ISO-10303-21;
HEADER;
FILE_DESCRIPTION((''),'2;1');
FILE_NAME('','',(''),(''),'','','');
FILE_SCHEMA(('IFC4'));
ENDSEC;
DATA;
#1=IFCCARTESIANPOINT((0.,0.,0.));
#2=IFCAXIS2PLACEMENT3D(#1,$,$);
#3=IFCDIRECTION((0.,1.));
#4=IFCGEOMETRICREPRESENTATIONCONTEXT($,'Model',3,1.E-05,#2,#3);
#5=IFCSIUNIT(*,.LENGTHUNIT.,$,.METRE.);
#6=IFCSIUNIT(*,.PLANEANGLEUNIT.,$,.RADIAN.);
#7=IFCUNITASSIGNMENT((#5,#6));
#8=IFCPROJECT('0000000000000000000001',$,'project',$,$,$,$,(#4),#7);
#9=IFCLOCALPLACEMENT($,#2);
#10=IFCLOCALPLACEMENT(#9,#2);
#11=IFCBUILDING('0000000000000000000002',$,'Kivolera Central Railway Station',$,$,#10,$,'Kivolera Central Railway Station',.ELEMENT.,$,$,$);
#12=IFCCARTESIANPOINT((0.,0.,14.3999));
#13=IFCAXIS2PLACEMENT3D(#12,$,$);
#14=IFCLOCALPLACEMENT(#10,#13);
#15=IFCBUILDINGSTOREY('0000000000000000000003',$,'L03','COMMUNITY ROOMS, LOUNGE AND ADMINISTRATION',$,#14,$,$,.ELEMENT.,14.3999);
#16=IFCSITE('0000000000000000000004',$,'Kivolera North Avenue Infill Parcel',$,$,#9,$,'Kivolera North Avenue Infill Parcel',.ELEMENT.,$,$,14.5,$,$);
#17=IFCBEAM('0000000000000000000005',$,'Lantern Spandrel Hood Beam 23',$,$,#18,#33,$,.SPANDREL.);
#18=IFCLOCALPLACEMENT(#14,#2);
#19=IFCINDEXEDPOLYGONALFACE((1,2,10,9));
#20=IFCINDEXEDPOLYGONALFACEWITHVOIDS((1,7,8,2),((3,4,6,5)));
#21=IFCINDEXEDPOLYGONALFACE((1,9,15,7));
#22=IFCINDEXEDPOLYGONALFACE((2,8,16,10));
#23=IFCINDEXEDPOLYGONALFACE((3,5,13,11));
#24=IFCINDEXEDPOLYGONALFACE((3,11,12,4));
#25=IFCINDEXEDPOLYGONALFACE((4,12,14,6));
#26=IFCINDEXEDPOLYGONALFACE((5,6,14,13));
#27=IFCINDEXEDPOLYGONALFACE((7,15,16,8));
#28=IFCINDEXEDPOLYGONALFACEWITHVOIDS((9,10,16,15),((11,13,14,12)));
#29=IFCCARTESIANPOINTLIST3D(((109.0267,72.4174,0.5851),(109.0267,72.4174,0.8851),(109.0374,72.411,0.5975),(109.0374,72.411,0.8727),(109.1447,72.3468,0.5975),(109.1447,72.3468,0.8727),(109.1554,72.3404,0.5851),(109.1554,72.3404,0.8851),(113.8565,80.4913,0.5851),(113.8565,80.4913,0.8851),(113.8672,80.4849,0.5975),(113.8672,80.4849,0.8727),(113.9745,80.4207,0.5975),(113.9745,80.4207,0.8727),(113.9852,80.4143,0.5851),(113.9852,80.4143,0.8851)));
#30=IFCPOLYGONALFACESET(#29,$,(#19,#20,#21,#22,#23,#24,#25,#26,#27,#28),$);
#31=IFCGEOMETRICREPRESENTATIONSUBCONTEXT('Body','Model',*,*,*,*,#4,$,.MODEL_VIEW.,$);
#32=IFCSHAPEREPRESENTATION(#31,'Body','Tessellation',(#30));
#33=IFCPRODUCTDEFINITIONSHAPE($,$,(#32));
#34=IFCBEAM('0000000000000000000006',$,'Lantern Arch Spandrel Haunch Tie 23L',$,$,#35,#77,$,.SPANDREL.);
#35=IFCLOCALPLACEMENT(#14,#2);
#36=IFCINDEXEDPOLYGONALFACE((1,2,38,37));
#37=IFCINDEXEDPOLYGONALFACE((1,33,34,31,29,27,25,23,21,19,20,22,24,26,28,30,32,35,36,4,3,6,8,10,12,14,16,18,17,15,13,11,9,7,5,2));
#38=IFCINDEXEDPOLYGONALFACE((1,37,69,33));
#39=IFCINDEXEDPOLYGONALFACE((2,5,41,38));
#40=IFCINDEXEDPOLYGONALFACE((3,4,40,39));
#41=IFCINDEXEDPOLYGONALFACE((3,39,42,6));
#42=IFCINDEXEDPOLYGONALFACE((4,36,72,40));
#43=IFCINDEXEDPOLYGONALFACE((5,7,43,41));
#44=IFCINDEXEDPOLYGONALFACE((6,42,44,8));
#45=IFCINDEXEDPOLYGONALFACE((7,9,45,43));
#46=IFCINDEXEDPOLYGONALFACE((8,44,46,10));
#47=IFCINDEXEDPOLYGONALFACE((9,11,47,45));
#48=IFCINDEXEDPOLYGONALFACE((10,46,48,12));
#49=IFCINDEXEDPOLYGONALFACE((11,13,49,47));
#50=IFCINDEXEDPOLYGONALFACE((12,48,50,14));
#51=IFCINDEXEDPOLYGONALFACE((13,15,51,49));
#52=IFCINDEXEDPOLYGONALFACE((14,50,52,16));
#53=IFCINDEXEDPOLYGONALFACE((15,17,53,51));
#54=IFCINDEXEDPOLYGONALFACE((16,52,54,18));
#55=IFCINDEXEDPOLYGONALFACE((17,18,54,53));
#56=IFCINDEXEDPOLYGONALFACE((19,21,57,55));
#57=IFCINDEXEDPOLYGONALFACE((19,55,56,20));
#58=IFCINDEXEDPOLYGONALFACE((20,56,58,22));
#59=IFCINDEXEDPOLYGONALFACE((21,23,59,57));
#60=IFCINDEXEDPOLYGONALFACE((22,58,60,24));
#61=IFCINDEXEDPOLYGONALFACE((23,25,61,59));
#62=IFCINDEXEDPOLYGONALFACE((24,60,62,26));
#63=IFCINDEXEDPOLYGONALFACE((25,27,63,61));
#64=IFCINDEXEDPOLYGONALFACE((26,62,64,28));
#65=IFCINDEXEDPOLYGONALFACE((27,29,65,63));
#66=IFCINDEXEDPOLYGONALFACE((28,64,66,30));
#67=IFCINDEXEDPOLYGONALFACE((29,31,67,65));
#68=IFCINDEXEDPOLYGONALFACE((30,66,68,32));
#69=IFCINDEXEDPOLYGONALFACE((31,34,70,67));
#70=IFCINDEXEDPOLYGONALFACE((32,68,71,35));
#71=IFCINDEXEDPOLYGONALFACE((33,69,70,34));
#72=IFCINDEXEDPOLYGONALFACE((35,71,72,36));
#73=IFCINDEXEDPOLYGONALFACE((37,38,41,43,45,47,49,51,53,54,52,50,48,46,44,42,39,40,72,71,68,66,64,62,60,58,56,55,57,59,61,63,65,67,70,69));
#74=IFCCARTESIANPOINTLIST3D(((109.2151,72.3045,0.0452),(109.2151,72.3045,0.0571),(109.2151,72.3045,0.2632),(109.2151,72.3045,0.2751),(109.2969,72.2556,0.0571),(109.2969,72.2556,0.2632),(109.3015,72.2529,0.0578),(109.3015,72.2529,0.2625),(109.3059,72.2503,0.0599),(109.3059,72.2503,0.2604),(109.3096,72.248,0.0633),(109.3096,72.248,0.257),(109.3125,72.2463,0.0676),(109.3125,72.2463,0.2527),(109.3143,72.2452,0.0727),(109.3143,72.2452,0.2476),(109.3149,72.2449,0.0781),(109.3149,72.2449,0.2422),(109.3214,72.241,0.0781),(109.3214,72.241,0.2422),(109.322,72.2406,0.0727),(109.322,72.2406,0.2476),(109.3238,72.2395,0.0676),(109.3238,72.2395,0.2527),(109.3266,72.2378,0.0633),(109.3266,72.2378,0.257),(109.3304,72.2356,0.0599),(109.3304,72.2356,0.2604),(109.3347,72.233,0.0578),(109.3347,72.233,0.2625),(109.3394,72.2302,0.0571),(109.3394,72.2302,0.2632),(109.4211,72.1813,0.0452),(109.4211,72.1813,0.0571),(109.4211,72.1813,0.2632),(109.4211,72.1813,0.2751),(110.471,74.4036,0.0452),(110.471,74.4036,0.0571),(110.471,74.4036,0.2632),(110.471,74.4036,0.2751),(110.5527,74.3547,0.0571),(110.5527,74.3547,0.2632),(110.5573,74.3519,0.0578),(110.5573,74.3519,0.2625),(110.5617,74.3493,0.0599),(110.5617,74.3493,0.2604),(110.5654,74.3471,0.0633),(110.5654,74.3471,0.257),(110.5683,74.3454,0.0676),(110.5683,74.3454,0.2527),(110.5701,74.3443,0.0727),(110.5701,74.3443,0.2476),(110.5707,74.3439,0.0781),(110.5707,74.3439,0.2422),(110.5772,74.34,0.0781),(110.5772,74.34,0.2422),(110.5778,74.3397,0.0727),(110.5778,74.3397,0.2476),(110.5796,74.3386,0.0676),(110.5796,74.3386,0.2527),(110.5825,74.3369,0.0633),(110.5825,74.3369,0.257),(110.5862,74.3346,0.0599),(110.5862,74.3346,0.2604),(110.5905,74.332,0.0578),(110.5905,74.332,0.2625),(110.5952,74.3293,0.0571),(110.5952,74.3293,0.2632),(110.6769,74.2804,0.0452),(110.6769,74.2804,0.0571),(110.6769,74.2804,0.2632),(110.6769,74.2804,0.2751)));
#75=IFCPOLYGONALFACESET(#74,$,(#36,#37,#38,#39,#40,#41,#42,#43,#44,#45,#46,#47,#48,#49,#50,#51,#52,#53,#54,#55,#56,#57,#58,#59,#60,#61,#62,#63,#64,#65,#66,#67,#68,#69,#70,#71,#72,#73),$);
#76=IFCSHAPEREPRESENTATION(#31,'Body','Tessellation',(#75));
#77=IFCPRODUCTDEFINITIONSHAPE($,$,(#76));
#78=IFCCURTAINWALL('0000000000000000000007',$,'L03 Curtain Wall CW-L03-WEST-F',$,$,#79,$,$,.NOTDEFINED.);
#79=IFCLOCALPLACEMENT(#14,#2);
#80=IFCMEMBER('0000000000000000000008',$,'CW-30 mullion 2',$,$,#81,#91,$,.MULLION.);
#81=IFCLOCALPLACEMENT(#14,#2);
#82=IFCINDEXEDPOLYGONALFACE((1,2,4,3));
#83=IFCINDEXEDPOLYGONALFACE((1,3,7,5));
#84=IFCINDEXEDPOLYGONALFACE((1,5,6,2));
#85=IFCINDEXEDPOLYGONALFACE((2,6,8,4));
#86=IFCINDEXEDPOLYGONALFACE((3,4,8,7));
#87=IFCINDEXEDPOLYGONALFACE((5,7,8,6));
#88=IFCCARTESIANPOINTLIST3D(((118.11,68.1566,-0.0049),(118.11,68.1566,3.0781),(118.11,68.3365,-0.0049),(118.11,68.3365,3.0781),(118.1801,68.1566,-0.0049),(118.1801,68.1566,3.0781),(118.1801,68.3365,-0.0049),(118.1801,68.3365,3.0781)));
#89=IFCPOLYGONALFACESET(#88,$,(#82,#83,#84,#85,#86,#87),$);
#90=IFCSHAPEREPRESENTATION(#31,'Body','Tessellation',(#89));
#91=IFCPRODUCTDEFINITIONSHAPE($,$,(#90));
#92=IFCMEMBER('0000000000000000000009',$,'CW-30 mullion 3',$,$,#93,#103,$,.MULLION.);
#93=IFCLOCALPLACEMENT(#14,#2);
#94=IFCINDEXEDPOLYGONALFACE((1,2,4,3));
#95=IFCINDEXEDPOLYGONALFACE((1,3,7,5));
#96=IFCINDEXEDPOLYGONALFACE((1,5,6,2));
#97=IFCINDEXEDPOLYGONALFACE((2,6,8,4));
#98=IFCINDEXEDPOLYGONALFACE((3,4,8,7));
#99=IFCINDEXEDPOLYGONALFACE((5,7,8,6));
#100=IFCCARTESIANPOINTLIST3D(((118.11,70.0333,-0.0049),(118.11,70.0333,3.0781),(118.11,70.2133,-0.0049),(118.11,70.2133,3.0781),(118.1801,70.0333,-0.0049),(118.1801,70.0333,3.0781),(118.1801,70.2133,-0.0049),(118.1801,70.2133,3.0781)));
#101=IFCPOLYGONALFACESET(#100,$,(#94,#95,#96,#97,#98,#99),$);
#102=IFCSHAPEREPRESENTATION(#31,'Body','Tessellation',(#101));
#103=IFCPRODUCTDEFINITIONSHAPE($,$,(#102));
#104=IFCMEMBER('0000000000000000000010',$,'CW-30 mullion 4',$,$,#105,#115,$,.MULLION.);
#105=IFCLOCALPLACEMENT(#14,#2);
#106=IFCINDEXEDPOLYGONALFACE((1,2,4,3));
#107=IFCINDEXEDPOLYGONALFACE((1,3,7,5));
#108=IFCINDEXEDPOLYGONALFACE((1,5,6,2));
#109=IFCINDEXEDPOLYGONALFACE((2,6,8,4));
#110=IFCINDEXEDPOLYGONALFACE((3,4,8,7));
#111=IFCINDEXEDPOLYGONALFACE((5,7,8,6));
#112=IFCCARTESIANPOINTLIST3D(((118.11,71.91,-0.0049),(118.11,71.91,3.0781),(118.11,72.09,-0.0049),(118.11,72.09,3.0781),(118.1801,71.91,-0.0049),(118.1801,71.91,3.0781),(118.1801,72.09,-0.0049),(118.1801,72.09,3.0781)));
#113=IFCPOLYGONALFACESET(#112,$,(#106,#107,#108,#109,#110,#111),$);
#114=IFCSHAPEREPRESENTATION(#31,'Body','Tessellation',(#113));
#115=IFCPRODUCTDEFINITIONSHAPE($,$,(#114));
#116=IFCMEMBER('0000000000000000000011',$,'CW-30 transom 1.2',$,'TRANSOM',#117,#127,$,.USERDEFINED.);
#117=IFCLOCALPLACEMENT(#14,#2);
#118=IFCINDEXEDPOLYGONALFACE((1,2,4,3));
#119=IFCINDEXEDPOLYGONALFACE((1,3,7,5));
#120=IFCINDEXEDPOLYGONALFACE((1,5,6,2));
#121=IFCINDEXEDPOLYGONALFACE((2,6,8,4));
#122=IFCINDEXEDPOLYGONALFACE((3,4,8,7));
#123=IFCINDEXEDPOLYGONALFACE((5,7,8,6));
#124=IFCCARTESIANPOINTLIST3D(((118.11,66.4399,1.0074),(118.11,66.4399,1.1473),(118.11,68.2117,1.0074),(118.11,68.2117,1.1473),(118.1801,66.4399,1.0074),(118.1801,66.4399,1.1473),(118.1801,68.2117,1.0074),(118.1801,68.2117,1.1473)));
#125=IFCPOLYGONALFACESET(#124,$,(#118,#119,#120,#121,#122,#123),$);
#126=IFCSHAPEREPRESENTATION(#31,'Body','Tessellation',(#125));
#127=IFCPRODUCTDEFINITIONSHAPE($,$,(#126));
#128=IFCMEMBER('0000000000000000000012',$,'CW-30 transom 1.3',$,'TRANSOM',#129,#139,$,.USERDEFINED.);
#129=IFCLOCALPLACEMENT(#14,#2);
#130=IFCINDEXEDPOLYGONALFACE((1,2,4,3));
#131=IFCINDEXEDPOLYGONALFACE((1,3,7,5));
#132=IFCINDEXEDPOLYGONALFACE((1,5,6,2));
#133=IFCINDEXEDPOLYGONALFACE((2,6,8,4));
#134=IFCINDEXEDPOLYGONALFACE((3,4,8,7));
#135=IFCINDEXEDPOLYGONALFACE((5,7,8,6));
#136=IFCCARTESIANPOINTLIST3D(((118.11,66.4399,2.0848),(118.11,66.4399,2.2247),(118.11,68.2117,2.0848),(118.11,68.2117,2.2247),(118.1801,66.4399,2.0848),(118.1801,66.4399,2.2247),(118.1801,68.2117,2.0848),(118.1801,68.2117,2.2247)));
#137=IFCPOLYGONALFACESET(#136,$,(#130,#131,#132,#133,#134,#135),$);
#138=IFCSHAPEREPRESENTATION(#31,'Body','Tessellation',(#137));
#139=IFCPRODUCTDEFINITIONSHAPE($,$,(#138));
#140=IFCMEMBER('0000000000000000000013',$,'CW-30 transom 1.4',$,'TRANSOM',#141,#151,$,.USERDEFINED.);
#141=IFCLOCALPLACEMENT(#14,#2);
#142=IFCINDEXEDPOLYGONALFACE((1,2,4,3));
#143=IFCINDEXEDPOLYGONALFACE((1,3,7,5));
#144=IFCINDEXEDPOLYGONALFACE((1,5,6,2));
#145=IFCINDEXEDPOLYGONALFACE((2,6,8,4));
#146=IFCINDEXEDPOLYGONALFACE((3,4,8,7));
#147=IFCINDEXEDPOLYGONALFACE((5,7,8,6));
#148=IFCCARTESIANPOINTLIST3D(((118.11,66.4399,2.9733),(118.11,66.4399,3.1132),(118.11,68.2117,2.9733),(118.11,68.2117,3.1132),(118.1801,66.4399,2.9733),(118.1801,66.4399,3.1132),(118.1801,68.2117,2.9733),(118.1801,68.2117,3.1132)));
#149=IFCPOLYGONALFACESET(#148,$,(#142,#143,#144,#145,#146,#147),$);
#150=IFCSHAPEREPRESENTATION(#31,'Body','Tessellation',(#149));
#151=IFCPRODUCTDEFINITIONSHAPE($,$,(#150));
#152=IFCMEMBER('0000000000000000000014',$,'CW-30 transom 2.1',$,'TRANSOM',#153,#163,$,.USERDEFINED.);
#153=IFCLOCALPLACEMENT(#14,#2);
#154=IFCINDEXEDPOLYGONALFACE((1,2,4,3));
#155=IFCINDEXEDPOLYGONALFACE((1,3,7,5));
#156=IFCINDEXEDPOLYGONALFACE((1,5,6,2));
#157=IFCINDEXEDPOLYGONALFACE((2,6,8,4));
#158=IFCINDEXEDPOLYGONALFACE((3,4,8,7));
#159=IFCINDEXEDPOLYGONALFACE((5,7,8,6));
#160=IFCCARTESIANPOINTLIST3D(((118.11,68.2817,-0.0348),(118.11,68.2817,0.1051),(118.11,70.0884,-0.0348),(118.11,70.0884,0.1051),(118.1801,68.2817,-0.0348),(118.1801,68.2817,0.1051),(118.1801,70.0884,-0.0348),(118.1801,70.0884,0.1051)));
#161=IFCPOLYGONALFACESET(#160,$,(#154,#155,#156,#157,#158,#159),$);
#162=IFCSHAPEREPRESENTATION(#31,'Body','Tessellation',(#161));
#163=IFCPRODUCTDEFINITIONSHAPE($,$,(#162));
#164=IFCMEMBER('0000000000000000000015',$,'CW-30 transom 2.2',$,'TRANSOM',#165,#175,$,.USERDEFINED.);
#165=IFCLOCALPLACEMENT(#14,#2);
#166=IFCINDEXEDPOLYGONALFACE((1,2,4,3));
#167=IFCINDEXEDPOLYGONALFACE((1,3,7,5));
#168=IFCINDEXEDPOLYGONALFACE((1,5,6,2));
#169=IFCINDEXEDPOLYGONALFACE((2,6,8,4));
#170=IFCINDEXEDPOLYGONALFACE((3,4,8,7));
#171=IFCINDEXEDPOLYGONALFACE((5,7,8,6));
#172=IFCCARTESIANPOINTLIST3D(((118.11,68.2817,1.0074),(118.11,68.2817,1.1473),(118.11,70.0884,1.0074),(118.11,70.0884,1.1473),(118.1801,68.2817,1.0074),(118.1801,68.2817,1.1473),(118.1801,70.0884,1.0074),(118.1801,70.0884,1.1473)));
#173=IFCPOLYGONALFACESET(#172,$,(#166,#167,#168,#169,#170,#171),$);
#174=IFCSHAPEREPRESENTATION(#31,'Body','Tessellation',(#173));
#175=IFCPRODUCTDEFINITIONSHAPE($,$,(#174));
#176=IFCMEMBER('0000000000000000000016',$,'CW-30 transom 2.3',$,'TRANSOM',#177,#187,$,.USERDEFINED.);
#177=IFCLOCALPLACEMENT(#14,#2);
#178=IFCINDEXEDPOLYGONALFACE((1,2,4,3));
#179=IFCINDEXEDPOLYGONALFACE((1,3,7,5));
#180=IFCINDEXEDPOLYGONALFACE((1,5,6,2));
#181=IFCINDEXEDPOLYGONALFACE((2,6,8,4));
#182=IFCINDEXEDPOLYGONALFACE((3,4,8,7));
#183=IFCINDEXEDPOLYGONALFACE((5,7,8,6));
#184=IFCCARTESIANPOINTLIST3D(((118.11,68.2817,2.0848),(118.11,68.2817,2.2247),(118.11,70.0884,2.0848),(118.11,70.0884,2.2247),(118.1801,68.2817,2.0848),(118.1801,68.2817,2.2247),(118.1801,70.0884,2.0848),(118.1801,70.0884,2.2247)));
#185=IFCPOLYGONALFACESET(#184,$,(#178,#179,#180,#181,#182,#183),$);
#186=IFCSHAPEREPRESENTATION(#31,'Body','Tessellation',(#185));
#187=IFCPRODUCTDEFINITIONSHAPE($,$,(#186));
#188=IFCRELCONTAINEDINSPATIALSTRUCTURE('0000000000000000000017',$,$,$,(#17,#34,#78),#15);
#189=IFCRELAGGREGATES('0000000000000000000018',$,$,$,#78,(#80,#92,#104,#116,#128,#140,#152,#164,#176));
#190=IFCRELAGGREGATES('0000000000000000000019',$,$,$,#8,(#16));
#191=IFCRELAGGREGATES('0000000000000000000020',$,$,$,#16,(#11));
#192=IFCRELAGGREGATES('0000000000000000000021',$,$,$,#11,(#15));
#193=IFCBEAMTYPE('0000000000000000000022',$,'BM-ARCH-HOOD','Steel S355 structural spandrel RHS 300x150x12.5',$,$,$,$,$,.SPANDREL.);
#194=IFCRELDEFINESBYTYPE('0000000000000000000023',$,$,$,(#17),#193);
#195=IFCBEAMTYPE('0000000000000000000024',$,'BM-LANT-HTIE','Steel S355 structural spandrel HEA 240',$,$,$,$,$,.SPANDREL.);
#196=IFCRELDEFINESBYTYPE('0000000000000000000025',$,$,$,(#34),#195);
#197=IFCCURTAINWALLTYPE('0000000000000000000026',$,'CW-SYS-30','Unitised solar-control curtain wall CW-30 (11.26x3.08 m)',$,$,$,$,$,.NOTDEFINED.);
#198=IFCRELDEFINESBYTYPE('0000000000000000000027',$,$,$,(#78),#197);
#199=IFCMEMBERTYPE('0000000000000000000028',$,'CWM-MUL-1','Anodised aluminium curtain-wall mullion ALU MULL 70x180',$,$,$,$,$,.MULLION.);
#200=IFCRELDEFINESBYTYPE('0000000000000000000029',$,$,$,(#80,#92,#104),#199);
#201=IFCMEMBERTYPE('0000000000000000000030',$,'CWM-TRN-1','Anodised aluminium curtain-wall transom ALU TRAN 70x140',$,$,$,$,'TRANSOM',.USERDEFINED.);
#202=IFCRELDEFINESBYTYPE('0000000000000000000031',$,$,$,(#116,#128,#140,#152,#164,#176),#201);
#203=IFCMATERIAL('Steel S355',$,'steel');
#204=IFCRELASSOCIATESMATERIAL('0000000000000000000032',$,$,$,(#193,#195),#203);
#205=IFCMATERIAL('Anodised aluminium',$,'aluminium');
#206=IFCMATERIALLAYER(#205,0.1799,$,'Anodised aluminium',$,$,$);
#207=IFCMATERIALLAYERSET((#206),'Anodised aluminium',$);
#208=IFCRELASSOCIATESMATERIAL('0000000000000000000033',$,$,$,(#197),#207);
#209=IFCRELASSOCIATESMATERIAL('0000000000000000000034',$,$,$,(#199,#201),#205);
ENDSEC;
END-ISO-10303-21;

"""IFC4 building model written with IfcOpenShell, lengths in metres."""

from ifc_helpers import new_model, si_unit, direction, frame, origin, origin_2d, place, context, subcontext, project, spatial, rectangle, hollow_rectangle, i_section, extrude, material, layer, layer_set, material_profile, profile_set, type_object, element, aggregate, save


model = new_model("IFC4")

# Units and contexts
model_context = context("Model", 3, precision=1e-05, world=origin(), true_north=direction((0.0, 1.0)))
body_context = subcontext(model_context, "Body", "Model", "MODEL_VIEW")
ifc_project = project(units=[si_unit("LENGTHUNIT", "METRE"), si_unit("PLANEANGLEUNIT", "RADIAN")], contexts=[model_context])

# Site, building, storey
site_placement = place(None, origin())
site = spatial("IfcSite", under=ifc_project, at=site_placement, Name="Kivolera North Avenue Infill Parcel", LongName="Kivolera North Avenue Infill Parcel", CompositionType="ELEMENT", RefElevation=14.5)
building_placement = place(site_placement, origin())
building = spatial("IfcBuilding", under=site, at=building_placement, Name="Kivolera Central Railway Station", LongName="Kivolera Central Railway Station", CompositionType="ELEMENT")
storey_placement = place(building_placement, frame((0.0, 0.0, 14.3999)))
storey = spatial("IfcBuildingStorey", under=building, at=storey_placement, Name="L03", Description="COMMUNITY ROOMS, LOUNGE AND ADMINISTRATION", CompositionType="ELEMENT", Elevation=14.3999)

# Beams
ifc_material_1 = material(Name="Steel S355", Category="steel")
ifc_material_profile_1 = material_profile(ifc_material_1, hollow_rectangle(XDim=0.1499, YDim=0.3, WallThickness=0.0125, at=origin_2d()), Name="RHS 300x150x12.5")
ifc_profile_set_1 = profile_set([ifc_material_profile_1], Name="Steel S355")
beam_type_1 = type_object("IfcBeamType", Name="BM-ARCH-HOOD", Description="Steel S355 structural spandrel RHS 300x150x12.5", PredefinedType="SPANDREL", material=ifc_profile_set_1)
beam_1_placement = place(storey_placement, frame((109.0911, 72.3789, 0.7351), z_axis=(0.513358, 0.858174, 0.0), x_axis=(-0.858174, 0.513358, 0.0)))
element("IfcBeam", 1, at=beam_1_placement, inside=storey, type_object=beam_type_1, Name="Lantern Spandrel Hood Beam 23", PredefinedType="SPANDREL", context=body_context, shape_type="SweptSolid", body=[
    extrude(hollow_rectangle(XDim=0.1499, YDim=0.3, WallThickness=0.0125, at=origin_2d()), origin(), (0.0, 0.0, 1.0), 9.4082),
])
ifc_material_profile_2 = material_profile(ifc_material_1, i_section(OverallWidth=0.24, OverallDepth=0.23, WebThickness=0.0076, FlangeThickness=0.012, FilletRadius=0.021, at=origin_2d()), Name="HEA 240")
ifc_profile_set_2 = profile_set([ifc_material_profile_2], Name="Steel S355")
beam_type_2 = type_object("IfcBeamType", Name="BM-LANT-HTIE", Description="Steel S355 structural spandrel HEA 240", PredefinedType="SPANDREL", material=ifc_profile_set_2)
beam_2_placement = place(storey_placement, frame((109.3181, 72.2429, 0.1602), z_axis=(0.513409, 0.858144, 0.0), x_axis=(-0.858144, 0.513409, 0.0)))
element("IfcBeam", 2, at=beam_2_placement, inside=storey, type_object=beam_type_2, Name="Lantern Arch Spandrel Haunch Tie 23L", PredefinedType="SPANDREL", context=body_context, shape_type="SweptSolid", body=[
    extrude(i_section(OverallWidth=0.24, OverallDepth=0.23, WebThickness=0.0076, FlangeThickness=0.012, FilletRadius=0.021, at=origin_2d()), origin(), (0.0, 0.0, 1.0), 2.446),
])

# Curtain wall, members
ifc_material_2 = material(Name="Anodised aluminium", Category="aluminium")
ifc_layer_1 = layer(ifc_material_2, 0.1799, Name="Anodised aluminium")
ifc_layer_set_1 = layer_set([ifc_layer_1], Name="Anodised aluminium")
curtain_wall_type = type_object("IfcCurtainWallType", Name="CW-SYS-30", Description="Unitised solar-control curtain wall CW-30 (11.26x3.08 m)", PredefinedType="NOTDEFINED", material=ifc_layer_set_1)
curtain_wall_placement = place(storey_placement, origin())
curtain_wall = element("IfcCurtainWall", 3, at=curtain_wall_placement, inside=storey, type_object=curtain_wall_type, Name="L03 Curtain Wall CW-L03-WEST-F", PredefinedType="NOTDEFINED")
ifc_material_profile_3 = material_profile(ifc_material_2, rectangle(XDim=0.0701, YDim=0.1799, at=origin_2d()), Name="ALU MULL 70x180")
ifc_profile_set_3 = profile_set([ifc_material_profile_3], Name="Anodised aluminium")
member_type_1 = type_object("IfcMemberType", Name="CWM-MUL-1", Description="Anodised aluminium curtain-wall mullion ALU MULL 70x180", PredefinedType="MULLION", material=ifc_profile_set_3)
member_1_placement = place(storey_placement, frame((118.145, 68.2466, -0.0049), z_axis=(0.0, 0.0, 1.0), x_axis=(-1.0, 0.0, 0.0)))
member_1 = element("IfcMember", 4, at=member_1_placement, type_object=member_type_1, Name="CW-30 mullion 2", PredefinedType="MULLION", context=body_context, shape_type="SweptSolid", body=[
    extrude(rectangle(XDim=0.0701, YDim=0.1799, at=origin_2d()), origin(), (0.0, 0.0, 1.0), 3.083),
])
member_2_placement = place(storey_placement, frame((118.145, 70.1233, -0.0049), z_axis=(0.0, 0.0, 1.0), x_axis=(-1.0, 0.0, 0.0)))
member_2 = element("IfcMember", 5, at=member_2_placement, type_object=member_type_1, Name="CW-30 mullion 3", PredefinedType="MULLION", context=body_context, shape_type="SweptSolid", body=[
    extrude(rectangle(XDim=0.0701, YDim=0.1799, at=origin_2d()), origin(), (0.0, 0.0, 1.0), 3.083),
])
member_3_placement = place(storey_placement, frame((118.145, 72.0, -0.0049), z_axis=(0.0, 0.0, 1.0), x_axis=(-1.0, 0.0, 0.0)))
member_3 = element("IfcMember", 6, at=member_3_placement, type_object=member_type_1, Name="CW-30 mullion 4", PredefinedType="MULLION", context=body_context, shape_type="SweptSolid", body=[
    extrude(rectangle(XDim=0.0701, YDim=0.1799, at=origin_2d()), origin(), (0.0, 0.0, 1.0), 3.083),
])
ifc_material_profile_4 = material_profile(ifc_material_2, rectangle(XDim=0.0701, YDim=0.1399, at=origin_2d()), Name="ALU TRAN 70x140")
ifc_profile_set_4 = profile_set([ifc_material_profile_4], Name="Anodised aluminium")
member_type_2 = type_object("IfcMemberType", Name="CWM-TRN-1", Description="Anodised aluminium curtain-wall transom ALU TRAN 70x140", ElementType="TRANSOM", PredefinedType="USERDEFINED", material=ifc_profile_set_4)
member_4_placement = place(storey_placement, frame((118.145, 66.4399, 1.0774), z_axis=(0.0, 1.0, 0.0), x_axis=(-1.0, 0.0, 0.0)))
member_4 = element("IfcMember", 7, at=member_4_placement, type_object=member_type_2, Name="CW-30 transom 1.2", ObjectType="TRANSOM", PredefinedType="USERDEFINED", context=body_context, shape_type="SweptSolid", body=[
    extrude(rectangle(XDim=0.0701, YDim=0.1399, at=origin_2d()), origin(), (0.0, 0.0, 1.0), 1.7717),
])
member_5_placement = place(storey_placement, frame((118.145, 66.4399, 2.1548), z_axis=(0.0, 1.0, 0.0), x_axis=(-1.0, 0.0, 0.0)))
member_5 = element("IfcMember", 8, at=member_5_placement, type_object=member_type_2, Name="CW-30 transom 1.3", ObjectType="TRANSOM", PredefinedType="USERDEFINED", context=body_context, shape_type="SweptSolid", body=[
    extrude(rectangle(XDim=0.0701, YDim=0.1399, at=origin_2d()), origin(), (0.0, 0.0, 1.0), 1.7717),
])
member_6_placement = place(storey_placement, frame((118.145, 66.4399, 3.0432), z_axis=(0.0, 1.0, 0.0), x_axis=(-1.0, 0.0, 0.0)))
member_6 = element("IfcMember", 9, at=member_6_placement, type_object=member_type_2, Name="CW-30 transom 1.4", ObjectType="TRANSOM", PredefinedType="USERDEFINED", context=body_context, shape_type="SweptSolid", body=[
    extrude(rectangle(XDim=0.0701, YDim=0.1399, at=origin_2d()), origin(), (0.0, 0.0, 1.0), 1.7717),
])
member_7_placement = place(storey_placement, frame((118.145, 68.2817, 0.0352), z_axis=(0.0, 1.0, 0.0), x_axis=(-1.0, 0.0, 0.0)))
member_7 = element("IfcMember", 10, at=member_7_placement, type_object=member_type_2, Name="CW-30 transom 2.1", ObjectType="TRANSOM", PredefinedType="USERDEFINED", context=body_context, shape_type="SweptSolid", body=[
    extrude(rectangle(XDim=0.0701, YDim=0.1399, at=origin_2d()), origin(), (0.0, 0.0, 1.0), 1.8066),
])
member_8_placement = place(storey_placement, frame((118.145, 68.2817, 1.0774), z_axis=(0.0, 1.0, 0.0), x_axis=(-1.0, 0.0, 0.0)))
member_8 = element("IfcMember", 11, at=member_8_placement, type_object=member_type_2, Name="CW-30 transom 2.2", ObjectType="TRANSOM", PredefinedType="USERDEFINED", context=body_context, shape_type="SweptSolid", body=[
    extrude(rectangle(XDim=0.0701, YDim=0.1399, at=origin_2d()), origin(), (0.0, 0.0, 1.0), 1.8066),
])
member_9_placement = place(storey_placement, frame((118.145, 68.2817, 2.1548), z_axis=(0.0, 1.0, 0.0), x_axis=(-1.0, 0.0, 0.0)))
member_9 = element("IfcMember", 12, at=member_9_placement, type_object=member_type_2, Name="CW-30 transom 2.3", ObjectType="TRANSOM", PredefinedType="USERDEFINED", context=body_context, shape_type="SweptSolid", body=[
    extrude(rectangle(XDim=0.0701, YDim=0.1399, at=origin_2d()), origin(), (0.0, 0.0, 1.0), 1.8066),
])

aggregate(curtain_wall, [member_1, member_2, member_3, member_4, member_5, member_6, member_7, member_8, member_9])

save(model, "model.ifc")
